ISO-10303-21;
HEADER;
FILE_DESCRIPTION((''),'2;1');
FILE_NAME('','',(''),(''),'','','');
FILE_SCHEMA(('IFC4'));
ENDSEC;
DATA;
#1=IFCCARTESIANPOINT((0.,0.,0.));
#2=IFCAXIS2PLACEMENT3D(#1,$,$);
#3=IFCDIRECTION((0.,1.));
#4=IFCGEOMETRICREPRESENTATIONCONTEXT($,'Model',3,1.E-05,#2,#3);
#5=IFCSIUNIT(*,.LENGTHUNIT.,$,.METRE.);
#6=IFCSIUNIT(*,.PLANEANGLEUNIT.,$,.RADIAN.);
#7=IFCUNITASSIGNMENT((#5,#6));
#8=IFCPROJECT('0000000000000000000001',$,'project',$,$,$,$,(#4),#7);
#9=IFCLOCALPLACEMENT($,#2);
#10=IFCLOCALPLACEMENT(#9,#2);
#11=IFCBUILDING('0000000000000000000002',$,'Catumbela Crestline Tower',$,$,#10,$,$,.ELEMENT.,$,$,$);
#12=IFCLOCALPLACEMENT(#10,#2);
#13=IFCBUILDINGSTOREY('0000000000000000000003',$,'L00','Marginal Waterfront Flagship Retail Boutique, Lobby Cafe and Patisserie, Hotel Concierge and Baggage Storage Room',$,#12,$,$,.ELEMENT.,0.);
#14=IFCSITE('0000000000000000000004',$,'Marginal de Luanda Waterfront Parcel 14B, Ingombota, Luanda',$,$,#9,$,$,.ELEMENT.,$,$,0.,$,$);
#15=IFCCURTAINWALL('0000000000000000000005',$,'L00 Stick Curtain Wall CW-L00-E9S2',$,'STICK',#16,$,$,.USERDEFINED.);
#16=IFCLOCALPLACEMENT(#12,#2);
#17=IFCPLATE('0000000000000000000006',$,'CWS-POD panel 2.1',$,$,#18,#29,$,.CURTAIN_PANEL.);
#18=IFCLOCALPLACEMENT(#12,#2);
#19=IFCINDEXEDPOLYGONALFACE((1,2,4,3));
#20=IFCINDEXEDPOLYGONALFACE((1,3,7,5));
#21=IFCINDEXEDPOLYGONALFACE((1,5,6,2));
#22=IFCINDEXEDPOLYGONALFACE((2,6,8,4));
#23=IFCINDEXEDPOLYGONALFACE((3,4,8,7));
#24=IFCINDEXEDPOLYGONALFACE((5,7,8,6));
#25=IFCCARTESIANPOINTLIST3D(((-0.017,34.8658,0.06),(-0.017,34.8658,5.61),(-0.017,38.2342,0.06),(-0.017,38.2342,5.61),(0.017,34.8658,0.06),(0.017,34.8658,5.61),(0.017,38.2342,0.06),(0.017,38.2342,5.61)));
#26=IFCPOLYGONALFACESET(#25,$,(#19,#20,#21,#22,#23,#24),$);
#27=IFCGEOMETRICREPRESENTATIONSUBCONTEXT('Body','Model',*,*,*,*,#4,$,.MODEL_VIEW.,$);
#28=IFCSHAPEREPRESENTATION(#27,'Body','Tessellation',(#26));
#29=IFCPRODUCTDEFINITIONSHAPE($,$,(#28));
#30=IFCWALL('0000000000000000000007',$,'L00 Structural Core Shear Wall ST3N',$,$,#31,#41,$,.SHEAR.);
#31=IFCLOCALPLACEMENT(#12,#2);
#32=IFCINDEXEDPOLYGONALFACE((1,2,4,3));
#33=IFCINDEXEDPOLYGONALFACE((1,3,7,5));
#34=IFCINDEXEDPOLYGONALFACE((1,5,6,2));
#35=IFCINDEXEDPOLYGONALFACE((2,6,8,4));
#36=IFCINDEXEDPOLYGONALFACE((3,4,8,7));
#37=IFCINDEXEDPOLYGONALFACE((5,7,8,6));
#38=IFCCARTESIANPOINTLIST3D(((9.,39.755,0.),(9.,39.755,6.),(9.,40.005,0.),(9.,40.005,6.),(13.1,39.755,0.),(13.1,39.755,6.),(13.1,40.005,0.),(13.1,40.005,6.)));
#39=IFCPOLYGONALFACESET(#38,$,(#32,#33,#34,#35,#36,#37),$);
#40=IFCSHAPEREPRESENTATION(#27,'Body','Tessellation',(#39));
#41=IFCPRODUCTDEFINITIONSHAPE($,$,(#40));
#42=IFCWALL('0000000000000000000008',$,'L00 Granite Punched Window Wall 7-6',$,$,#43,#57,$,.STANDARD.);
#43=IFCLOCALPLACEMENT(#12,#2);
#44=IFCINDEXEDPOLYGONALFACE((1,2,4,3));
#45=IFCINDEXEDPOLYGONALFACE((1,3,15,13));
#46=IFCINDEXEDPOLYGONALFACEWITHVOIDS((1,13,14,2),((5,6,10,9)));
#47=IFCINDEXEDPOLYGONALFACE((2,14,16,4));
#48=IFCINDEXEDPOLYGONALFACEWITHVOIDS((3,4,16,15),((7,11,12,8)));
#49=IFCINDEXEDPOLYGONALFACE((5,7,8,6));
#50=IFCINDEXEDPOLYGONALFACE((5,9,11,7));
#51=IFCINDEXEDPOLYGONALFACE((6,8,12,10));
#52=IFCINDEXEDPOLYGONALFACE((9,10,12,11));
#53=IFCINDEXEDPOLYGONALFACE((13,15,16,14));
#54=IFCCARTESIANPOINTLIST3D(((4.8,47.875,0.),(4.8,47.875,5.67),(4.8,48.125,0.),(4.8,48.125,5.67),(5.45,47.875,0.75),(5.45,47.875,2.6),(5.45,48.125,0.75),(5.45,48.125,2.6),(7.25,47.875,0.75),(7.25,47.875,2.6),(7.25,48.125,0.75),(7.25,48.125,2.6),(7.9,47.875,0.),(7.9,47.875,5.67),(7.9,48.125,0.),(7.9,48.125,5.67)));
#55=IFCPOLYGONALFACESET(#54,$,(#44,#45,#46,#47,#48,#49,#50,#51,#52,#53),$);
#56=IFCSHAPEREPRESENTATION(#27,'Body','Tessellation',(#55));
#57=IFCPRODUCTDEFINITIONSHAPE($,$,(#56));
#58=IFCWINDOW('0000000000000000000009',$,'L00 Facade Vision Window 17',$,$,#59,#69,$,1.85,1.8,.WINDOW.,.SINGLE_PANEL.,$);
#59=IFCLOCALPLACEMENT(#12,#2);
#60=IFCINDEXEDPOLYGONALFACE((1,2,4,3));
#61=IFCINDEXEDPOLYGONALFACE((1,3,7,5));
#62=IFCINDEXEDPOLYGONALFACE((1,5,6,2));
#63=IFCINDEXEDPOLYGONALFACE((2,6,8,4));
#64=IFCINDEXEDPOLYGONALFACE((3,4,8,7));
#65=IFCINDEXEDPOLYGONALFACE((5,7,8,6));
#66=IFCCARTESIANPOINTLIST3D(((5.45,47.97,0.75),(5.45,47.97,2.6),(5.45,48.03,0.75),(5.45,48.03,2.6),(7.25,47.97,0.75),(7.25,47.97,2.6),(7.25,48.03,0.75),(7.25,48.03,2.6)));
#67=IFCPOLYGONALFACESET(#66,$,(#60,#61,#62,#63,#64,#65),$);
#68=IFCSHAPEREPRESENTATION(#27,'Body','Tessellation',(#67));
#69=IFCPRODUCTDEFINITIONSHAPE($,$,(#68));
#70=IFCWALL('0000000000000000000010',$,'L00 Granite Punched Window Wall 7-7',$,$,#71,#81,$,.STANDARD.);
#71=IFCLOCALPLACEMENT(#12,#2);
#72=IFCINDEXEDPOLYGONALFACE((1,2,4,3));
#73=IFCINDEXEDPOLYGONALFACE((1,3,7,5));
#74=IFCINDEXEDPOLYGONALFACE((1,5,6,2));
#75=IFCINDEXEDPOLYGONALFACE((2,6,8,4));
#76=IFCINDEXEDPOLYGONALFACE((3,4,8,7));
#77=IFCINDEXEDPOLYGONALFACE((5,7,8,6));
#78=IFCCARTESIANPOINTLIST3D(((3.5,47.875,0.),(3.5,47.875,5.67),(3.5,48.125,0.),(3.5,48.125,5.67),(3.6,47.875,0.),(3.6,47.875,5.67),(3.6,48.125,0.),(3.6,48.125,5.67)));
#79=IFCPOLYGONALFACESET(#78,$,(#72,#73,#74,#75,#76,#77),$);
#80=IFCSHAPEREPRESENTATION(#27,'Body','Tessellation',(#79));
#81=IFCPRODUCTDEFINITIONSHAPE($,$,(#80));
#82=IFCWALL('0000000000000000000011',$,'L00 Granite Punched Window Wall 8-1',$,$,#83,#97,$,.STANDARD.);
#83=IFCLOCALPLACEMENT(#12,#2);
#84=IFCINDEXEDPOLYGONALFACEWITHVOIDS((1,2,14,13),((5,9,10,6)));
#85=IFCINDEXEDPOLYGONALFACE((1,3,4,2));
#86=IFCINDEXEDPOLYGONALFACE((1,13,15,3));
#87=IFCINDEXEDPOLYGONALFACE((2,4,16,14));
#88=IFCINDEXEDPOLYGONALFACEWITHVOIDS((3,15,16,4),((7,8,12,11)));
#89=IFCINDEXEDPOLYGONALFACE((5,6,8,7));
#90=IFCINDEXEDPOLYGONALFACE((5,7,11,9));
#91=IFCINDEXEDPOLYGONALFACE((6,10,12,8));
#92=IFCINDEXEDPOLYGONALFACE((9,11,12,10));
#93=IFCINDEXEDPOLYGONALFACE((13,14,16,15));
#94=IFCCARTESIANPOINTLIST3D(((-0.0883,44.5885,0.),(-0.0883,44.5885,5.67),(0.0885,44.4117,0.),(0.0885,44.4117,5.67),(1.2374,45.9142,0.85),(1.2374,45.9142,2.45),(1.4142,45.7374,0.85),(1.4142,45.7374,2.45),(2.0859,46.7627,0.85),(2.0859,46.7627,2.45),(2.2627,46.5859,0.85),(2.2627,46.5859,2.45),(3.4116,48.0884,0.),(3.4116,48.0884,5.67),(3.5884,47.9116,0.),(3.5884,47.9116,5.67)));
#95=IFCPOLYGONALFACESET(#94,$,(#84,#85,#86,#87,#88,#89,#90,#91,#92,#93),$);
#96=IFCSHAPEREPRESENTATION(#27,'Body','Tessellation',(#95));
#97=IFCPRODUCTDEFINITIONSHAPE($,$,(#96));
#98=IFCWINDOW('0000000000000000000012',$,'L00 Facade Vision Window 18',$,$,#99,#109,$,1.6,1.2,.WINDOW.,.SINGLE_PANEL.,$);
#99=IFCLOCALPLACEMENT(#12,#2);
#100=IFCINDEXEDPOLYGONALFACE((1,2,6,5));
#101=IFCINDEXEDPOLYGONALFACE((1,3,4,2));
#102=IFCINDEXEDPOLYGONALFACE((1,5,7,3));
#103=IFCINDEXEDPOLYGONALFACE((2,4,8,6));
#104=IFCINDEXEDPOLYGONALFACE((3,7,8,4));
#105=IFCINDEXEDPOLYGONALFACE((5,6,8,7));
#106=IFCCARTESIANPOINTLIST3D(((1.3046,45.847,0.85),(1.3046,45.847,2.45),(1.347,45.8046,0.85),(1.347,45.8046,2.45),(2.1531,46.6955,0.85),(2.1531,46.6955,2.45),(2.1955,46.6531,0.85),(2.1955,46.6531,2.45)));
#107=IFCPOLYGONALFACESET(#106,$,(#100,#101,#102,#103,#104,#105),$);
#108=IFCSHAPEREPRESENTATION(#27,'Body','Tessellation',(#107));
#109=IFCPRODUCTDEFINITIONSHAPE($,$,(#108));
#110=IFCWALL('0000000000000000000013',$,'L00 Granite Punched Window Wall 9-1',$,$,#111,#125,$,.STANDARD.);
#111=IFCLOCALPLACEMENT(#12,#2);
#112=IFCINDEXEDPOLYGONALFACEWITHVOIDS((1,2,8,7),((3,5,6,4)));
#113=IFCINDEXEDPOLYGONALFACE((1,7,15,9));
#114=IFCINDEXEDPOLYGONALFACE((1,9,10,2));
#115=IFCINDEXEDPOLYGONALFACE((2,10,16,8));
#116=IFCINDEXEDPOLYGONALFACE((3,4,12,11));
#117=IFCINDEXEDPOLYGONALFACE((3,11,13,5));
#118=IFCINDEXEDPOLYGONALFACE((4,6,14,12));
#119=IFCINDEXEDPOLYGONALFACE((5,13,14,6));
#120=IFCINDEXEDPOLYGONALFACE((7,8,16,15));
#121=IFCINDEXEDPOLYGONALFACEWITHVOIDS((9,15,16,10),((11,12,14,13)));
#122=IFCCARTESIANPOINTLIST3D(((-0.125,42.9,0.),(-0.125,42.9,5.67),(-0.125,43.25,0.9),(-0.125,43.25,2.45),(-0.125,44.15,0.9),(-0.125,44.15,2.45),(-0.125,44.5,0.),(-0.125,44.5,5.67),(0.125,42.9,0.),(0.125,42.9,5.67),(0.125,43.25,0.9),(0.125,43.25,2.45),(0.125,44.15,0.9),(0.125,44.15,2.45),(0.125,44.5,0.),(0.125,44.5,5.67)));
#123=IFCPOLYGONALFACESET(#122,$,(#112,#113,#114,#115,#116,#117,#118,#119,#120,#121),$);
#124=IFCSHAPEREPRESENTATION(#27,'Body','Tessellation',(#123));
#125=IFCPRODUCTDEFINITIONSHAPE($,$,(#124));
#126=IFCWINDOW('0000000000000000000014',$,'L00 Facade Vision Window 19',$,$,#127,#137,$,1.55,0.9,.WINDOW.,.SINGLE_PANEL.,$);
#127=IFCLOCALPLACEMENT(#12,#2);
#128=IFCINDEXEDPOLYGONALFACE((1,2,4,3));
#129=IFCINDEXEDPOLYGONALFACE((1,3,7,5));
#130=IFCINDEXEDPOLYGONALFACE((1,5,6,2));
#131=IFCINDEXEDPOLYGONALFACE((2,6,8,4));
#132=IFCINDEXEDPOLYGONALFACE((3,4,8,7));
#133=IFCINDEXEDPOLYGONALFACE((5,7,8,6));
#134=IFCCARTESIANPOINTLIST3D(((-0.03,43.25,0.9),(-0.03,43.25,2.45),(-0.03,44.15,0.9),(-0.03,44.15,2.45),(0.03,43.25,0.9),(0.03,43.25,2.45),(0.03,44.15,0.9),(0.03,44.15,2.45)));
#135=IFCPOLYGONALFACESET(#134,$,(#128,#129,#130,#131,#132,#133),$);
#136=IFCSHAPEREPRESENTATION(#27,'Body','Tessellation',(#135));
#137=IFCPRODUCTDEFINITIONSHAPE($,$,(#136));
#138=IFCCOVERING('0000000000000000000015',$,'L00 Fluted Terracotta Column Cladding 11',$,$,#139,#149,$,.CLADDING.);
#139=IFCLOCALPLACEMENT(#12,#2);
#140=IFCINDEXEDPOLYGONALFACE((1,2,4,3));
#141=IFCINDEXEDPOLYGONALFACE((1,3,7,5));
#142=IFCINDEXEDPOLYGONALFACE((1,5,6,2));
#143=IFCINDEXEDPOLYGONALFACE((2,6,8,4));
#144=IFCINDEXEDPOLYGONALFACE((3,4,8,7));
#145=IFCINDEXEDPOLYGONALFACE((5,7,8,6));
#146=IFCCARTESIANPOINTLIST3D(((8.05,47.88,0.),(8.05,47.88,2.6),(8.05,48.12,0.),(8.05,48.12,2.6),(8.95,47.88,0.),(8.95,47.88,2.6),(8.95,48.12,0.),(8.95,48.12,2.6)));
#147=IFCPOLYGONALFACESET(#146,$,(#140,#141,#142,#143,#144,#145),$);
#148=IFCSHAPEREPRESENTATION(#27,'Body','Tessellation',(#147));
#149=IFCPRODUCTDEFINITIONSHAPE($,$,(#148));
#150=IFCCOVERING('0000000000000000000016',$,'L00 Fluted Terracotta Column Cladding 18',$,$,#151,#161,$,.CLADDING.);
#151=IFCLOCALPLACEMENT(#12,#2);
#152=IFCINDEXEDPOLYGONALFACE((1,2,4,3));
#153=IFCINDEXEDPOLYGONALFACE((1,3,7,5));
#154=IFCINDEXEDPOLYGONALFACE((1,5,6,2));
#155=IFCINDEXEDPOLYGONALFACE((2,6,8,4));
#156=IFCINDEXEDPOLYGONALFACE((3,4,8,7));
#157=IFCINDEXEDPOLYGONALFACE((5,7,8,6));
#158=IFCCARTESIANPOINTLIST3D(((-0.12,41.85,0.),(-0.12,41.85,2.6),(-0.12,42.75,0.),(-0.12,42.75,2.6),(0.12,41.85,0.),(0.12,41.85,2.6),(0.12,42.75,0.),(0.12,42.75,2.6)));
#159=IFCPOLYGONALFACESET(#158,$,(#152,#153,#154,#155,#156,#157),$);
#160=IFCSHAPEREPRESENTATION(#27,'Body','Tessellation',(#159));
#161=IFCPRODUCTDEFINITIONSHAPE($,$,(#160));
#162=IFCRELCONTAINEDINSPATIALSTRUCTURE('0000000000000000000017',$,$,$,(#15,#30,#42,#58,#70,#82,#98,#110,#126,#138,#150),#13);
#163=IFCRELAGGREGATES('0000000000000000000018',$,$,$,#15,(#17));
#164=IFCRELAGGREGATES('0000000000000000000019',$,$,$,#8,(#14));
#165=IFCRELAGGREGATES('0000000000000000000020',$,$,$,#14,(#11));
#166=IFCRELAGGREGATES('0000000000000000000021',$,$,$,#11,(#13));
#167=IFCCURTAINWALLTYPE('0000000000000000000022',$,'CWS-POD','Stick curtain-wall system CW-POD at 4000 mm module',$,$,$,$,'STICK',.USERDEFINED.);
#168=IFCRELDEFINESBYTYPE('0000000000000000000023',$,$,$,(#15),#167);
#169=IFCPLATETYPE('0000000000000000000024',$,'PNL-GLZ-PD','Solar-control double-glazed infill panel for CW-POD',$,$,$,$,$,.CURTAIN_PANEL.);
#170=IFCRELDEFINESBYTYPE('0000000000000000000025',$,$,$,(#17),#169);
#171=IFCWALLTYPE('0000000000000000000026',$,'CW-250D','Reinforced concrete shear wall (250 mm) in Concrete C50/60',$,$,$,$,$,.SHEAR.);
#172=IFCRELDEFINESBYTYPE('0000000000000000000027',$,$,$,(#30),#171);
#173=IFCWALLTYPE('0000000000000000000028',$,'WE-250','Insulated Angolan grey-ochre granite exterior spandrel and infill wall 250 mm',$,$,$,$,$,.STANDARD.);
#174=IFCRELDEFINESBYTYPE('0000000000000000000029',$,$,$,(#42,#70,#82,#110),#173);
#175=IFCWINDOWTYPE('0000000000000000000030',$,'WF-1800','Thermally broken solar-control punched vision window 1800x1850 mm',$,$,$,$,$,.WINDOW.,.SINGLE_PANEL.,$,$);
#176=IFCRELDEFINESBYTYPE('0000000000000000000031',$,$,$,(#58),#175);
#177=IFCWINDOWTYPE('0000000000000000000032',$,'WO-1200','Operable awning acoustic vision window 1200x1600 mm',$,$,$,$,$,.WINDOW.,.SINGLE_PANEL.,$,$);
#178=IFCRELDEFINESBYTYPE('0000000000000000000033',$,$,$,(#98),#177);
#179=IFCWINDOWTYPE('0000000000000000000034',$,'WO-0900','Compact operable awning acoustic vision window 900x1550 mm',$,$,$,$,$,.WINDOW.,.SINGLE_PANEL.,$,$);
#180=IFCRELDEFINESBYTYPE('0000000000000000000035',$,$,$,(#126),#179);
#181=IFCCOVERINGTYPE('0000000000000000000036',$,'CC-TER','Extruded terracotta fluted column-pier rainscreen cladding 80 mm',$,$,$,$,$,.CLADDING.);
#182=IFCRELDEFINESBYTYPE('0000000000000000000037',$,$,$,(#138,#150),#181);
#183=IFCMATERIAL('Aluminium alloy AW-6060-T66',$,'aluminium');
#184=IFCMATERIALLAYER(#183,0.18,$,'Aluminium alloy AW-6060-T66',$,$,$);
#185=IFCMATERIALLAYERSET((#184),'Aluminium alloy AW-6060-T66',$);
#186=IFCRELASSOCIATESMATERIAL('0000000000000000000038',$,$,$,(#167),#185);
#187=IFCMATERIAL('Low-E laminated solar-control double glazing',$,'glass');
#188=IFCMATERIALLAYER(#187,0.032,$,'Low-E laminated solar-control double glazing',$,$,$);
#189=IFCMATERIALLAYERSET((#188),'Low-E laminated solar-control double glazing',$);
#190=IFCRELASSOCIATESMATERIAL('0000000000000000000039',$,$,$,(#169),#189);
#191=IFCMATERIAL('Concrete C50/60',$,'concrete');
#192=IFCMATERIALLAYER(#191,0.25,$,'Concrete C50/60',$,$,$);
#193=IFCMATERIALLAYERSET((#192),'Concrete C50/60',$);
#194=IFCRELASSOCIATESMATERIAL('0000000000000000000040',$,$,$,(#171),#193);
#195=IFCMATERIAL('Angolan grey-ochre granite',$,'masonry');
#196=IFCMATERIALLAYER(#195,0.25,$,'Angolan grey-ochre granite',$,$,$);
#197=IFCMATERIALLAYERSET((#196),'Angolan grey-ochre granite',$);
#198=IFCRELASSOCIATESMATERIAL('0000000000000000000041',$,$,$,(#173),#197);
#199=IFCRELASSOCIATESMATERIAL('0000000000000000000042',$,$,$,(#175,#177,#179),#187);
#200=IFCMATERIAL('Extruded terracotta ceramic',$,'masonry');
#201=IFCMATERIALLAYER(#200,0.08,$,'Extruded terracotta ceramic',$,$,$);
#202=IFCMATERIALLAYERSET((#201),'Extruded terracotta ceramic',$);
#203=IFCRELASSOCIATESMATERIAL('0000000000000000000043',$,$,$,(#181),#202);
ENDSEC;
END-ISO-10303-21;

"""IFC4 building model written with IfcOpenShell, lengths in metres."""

from ifc_helpers import new_model, si_unit, direction, frame, frame_2d, origin, origin_2d, place, context, subcontext, project, spatial, rectangle, extrude, material, layer, layer_set, type_object, element, fill, aggregate, save


model = new_model("IFC4")

# Units and contexts
model_context = context("Model", 3, precision=1e-05, world=origin(), true_north=direction((0.0, 1.0)))
body_context = subcontext(model_context, "Body", "Model", "MODEL_VIEW")
ifc_project = project(units=[si_unit("LENGTHUNIT", "METRE"), si_unit("PLANEANGLEUNIT", "RADIAN")], contexts=[model_context])

# Site, building, storey
site_placement = place(None, origin())
site = spatial("IfcSite", under=ifc_project, at=site_placement, Name="Marginal de Luanda Waterfront Parcel 14B, Ingombota, Luanda", CompositionType="ELEMENT", RefElevation=0.0)
building_placement = place(site_placement, origin())
building = spatial("IfcBuilding", under=site, at=building_placement, Name="Catumbela Crestline Tower", CompositionType="ELEMENT")
storey_placement = place(building_placement, origin())
storey = spatial("IfcBuildingStorey", under=building, at=storey_placement, Name="L00", Description="Marginal Waterfront Flagship Retail Boutique, Lobby Cafe and Patisserie, Hotel Concierge and Baggage Storage Room", CompositionType="ELEMENT", Elevation=0.0)

# Shared definitions
ifc_material_1 = material(Name="Aluminium alloy AW-6060-T66", Category="aluminium")
ifc_layer_1 = layer(ifc_material_1, 0.18, Name="Aluminium alloy AW-6060-T66")
ifc_layer_set_1 = layer_set([ifc_layer_1], Name="Aluminium alloy AW-6060-T66")
curtain_wall_type = type_object("IfcCurtainWallType", Name="CWS-POD", Description="Stick curtain-wall system CW-POD at 4000 mm module", ElementType="STICK", PredefinedType="USERDEFINED", material=ifc_layer_set_1)

# Curtain wall
curtain_wall_1_placement = place(storey_placement, origin())
curtain_wall_1 = element("IfcCurtainWall", 1, at=curtain_wall_1_placement, inside=storey, type_object=curtain_wall_type, Name="L00 Stick Curtain Wall CW-L00-E9S2", ObjectType="STICK", PredefinedType="USERDEFINED")

# Plate
ifc_material_2 = material(Name="Low-E laminated solar-control double glazing", Category="glass")
ifc_layer_2 = layer(ifc_material_2, 0.032, Name="Low-E laminated solar-control double glazing")
ifc_layer_set_2 = layer_set([ifc_layer_2], Name="Low-E laminated solar-control double glazing")
plate_type = type_object("IfcPlateType", Name="PNL-GLZ-PD", Description="Solar-control double-glazed infill panel for CW-POD", PredefinedType="CURTAIN_PANEL", material=ifc_layer_set_2)
plate_1_placement = place(storey_placement, frame((0.0, 36.55, 0.06), z_axis=(0.0, 0.0, 1.0), x_axis=(0.0, -1.0, 0.0)))
plate_1 = element("IfcPlate", 2, at=plate_1_placement, type_object=plate_type, Name="CWS-POD panel 2.1", PredefinedType="CURTAIN_PANEL", context=body_context, shape_type="SweptSolid", body=[
    extrude(rectangle(XDim=3.3683, YDim=0.034, at=origin_2d()), origin(), (0.0, 0.0, 1.0), 5.55),
])
aggregate(curtain_wall_1, [plate_1])

# Wall
ifc_material_3 = material(Name="Concrete C50/60", Category="concrete")
ifc_layer_3 = layer(ifc_material_3, 0.25, Name="Concrete C50/60")
ifc_layer_set_3 = layer_set([ifc_layer_3], Name="Concrete C50/60")
wall_type_1 = type_object("IfcWallType", Name="CW-250D", Description="Reinforced concrete shear wall (250 mm) in Concrete C50/60", PredefinedType="SHEAR", material=ifc_layer_set_3)
wall_1_placement = place(storey_placement, frame((9.0, 39.88, 0.0), z_axis=(0.0, 0.0, 1.0), x_axis=(1.0, 0.0, 0.0)))
element("IfcWall", 3, at=wall_1_placement, inside=storey, type_object=wall_type_1, Name="L00 Structural Core Shear Wall ST3N", PredefinedType="SHEAR", context=body_context, shape_type="SweptSolid", body=[
    extrude(rectangle(XDim=4.1, YDim=0.25, at=frame_2d((2.05, 0.0))), origin(), (0.0, 0.0, 1.0), 6.0),
])

# Wall, opening, window
ifc_material_4 = material(Name="Angolan grey-ochre granite", Category="masonry")
ifc_layer_4 = layer(ifc_material_4, 0.25, Name="Angolan grey-ochre granite")
ifc_layer_set_4 = layer_set([ifc_layer_4], Name="Angolan grey-ochre granite")
wall_type_2 = type_object("IfcWallType", Name="WE-250", Description="Insulated Angolan grey-ochre granite exterior spandrel and infill wall 250 mm", PredefinedType="STANDARD", material=ifc_layer_set_4)
wall_2_placement = place(storey_placement, frame((7.9, 48.0, 0.0), z_axis=(0.0, 0.0, 1.0), x_axis=(-1.0, 0.0, 0.0)))
wall_2 = element("IfcWall", 4, at=wall_2_placement, inside=storey, type_object=wall_type_2, Name="L00 Granite Punched Window Wall 7-6", PredefinedType="STANDARD", context=body_context, shape_type="SweptSolid", body=[
    extrude(rectangle(XDim=3.1, YDim=0.25, at=frame_2d((1.55, 0.0))), origin(), (0.0, 0.0, 1.0), 5.67),
])
opening_1_placement = place(wall_2_placement, frame((0.65, 0.0, 0.75)))
opening_1 = element("IfcOpeningElement", 5, at=opening_1_placement, cuts=wall_2, PredefinedType="OPENING", context=body_context, shape_type="SweptSolid", body=[
    extrude(rectangle(XDim=1.8, YDim=1.85, at=frame_2d((0.9, 0.925))), frame((0.0, 0.135, 0.0), z_axis=(0.0, -1.0, 0.0), x_axis=(1.0, 0.0, 0.0)), (0.0, 0.0, 1.0), 0.27),
])
window_type_1 = type_object("IfcWindowType", Name="WF-1800", Description="Thermally broken solar-control punched vision window 1800x1850 mm", PartitioningType="SINGLE_PANEL", PredefinedType="WINDOW", material=ifc_material_2)
window_1_placement = place(opening_1_placement, origin())
window_1 = element("IfcWindow", 6, at=window_1_placement, inside=storey, type_object=window_type_1, Name="L00 Facade Vision Window 17", OverallHeight=1.85, OverallWidth=1.8, PartitioningType="SINGLE_PANEL", PredefinedType="WINDOW", context=body_context, shape_type="SweptSolid", body=[
    extrude(rectangle(XDim=1.8, YDim=1.85, at=frame_2d((0.9, 0.925))), frame((0.0, 0.03, 0.0), z_axis=(0.0, -1.0, 0.0), x_axis=(1.0, 0.0, 0.0)), (0.0, 0.0, 1.0), 0.06),
])
fill(opening_1, window_1)

# Wall
wall_3_placement = place(storey_placement, frame((3.6, 48.0, 0.0), z_axis=(0.0, 0.0, 1.0), x_axis=(-1.0, 0.0, 0.0)))
element("IfcWall", 7, at=wall_3_placement, inside=storey, type_object=wall_type_2, Name="L00 Granite Punched Window Wall 7-7", PredefinedType="STANDARD", context=body_context, shape_type="SweptSolid", body=[
    extrude(rectangle(XDim=0.1, YDim=0.25, at=frame_2d((0.05, 0.0))), origin(), (0.0, 0.0, 1.0), 5.67),
])

# Walls, openings, windows
wall_4_placement = place(storey_placement, frame((3.5, 48.0, 0.0), z_axis=(0.0, 0.0, 1.0), x_axis=(-0.707107, -0.707107, 0.0)))
wall_4 = element("IfcWall", 8, at=wall_4_placement, inside=storey, type_object=wall_type_2, Name="L00 Granite Punched Window Wall 8-1", PredefinedType="STANDARD", context=body_context, shape_type="SweptSolid", body=[
    extrude(rectangle(XDim=4.9497, YDim=0.25, at=frame_2d((2.4748, 0.0))), origin(), (0.0, 0.0, 1.0), 5.67),
])
opening_2_placement = place(wall_4_placement, frame((1.8748, 0.0, 0.85)))
opening_2 = element("IfcOpeningElement", 9, at=opening_2_placement, cuts=wall_4, PredefinedType="OPENING", context=body_context, shape_type="SweptSolid", body=[
    extrude(rectangle(XDim=1.2, YDim=1.6, at=frame_2d((0.6, 0.8))), frame((0.0, 0.135, 0.0), z_axis=(0.0, -1.0, 0.0), x_axis=(1.0, 0.0, 0.0)), (0.0, 0.0, 1.0), 0.27),
])
window_type_2 = type_object("IfcWindowType", Name="WO-1200", Description="Operable awning acoustic vision window 1200x1600 mm", PartitioningType="SINGLE_PANEL", PredefinedType="WINDOW", material=ifc_material_2)
window_2_placement = place(opening_2_placement, origin())
window_2 = element("IfcWindow", 10, at=window_2_placement, inside=storey, type_object=window_type_2, Name="L00 Facade Vision Window 18", OverallHeight=1.6, OverallWidth=1.2, PartitioningType="SINGLE_PANEL", PredefinedType="WINDOW", context=body_context, shape_type="SweptSolid", body=[
    extrude(rectangle(XDim=1.2, YDim=1.6, at=frame_2d((0.6, 0.8))), frame((0.0, 0.03, 0.0), z_axis=(0.0, -1.0, 0.0), x_axis=(1.0, 0.0, 0.0)), (0.0, 0.0, 1.0), 0.06),
])
fill(opening_2, window_2)
wall_5_placement = place(storey_placement, frame((0.0, 44.5, 0.0), z_axis=(0.0, 0.0, 1.0), x_axis=(0.0, -1.0, 0.0)))
wall_5 = element("IfcWall", 11, at=wall_5_placement, inside=storey, type_object=wall_type_2, Name="L00 Granite Punched Window Wall 9-1", PredefinedType="STANDARD", context=body_context, shape_type="SweptSolid", body=[
    extrude(rectangle(XDim=1.6, YDim=0.25, at=frame_2d((0.8, 0.0))), origin(), (0.0, 0.0, 1.0), 5.67),
])
opening_3_placement = place(wall_5_placement, frame((0.35, 0.0, 0.9)))
opening_3 = element("IfcOpeningElement", 12, at=opening_3_placement, cuts=wall_5, PredefinedType="OPENING", context=body_context, shape_type="SweptSolid", body=[
    extrude(rectangle(XDim=0.9, YDim=1.55, at=frame_2d((0.45, 0.775))), frame((0.0, 0.135, 0.0), z_axis=(0.0, -1.0, 0.0), x_axis=(1.0, 0.0, 0.0)), (0.0, 0.0, 1.0), 0.27),
])
window_type_3 = type_object("IfcWindowType", Name="WO-0900", Description="Compact operable awning acoustic vision window 900x1550 mm", PartitioningType="SINGLE_PANEL", PredefinedType="WINDOW", material=ifc_material_2)
window_3_placement = place(opening_3_placement, origin())
window_3 = element("IfcWindow", 13, at=window_3_placement, inside=storey, type_object=window_type_3, Name="L00 Facade Vision Window 19", OverallHeight=1.55, OverallWidth=0.9, PartitioningType="SINGLE_PANEL", PredefinedType="WINDOW", context=body_context, shape_type="SweptSolid", body=[
    extrude(rectangle(XDim=0.9, YDim=1.55, at=frame_2d((0.45, 0.775))), frame((0.0, 0.03, 0.0), z_axis=(0.0, -1.0, 0.0), x_axis=(1.0, 0.0, 0.0)), (0.0, 0.0, 1.0), 0.06),
])
fill(opening_3, window_3)

# Coverings
ifc_material_5 = material(Name="Extruded terracotta ceramic", Category="masonry")
ifc_layer_5 = layer(ifc_material_5, 0.08, Name="Extruded terracotta ceramic")
ifc_layer_set_5 = layer_set([ifc_layer_5], Name="Extruded terracotta ceramic")
covering_type = type_object("IfcCoveringType", Name="CC-TER", Description="Extruded terracotta fluted column-pier rainscreen cladding 80 mm", PredefinedType="CLADDING", material=ifc_layer_set_5)
for number, where, z_axis, x_axis, name in (
    (14, (8.5, 48.0, 0.0), (0.0, 0.0, 1.0), (-1.0, 0.0, 0.0), "L00 Fluted Terracotta Column Cladding 11"),
    (15, (0.0, 42.3, 0.0), (0.0, 0.0, 1.0), (0.0, -1.0, 0.0), "L00 Fluted Terracotta Column Cladding 18"),
):
    element("IfcCovering", number, at=place(storey_placement, frame(where, z_axis=z_axis, x_axis=x_axis)), inside=storey, type_object=covering_type, Name=name, PredefinedType="CLADDING", context=body_context, shape_type="SweptSolid", body=[
        extrude(rectangle(XDim=0.9, YDim=0.24, at=origin_2d()), origin(), (0.0, 0.0, 1.0), 2.6),
    ])

save(model, "model.ifc")
